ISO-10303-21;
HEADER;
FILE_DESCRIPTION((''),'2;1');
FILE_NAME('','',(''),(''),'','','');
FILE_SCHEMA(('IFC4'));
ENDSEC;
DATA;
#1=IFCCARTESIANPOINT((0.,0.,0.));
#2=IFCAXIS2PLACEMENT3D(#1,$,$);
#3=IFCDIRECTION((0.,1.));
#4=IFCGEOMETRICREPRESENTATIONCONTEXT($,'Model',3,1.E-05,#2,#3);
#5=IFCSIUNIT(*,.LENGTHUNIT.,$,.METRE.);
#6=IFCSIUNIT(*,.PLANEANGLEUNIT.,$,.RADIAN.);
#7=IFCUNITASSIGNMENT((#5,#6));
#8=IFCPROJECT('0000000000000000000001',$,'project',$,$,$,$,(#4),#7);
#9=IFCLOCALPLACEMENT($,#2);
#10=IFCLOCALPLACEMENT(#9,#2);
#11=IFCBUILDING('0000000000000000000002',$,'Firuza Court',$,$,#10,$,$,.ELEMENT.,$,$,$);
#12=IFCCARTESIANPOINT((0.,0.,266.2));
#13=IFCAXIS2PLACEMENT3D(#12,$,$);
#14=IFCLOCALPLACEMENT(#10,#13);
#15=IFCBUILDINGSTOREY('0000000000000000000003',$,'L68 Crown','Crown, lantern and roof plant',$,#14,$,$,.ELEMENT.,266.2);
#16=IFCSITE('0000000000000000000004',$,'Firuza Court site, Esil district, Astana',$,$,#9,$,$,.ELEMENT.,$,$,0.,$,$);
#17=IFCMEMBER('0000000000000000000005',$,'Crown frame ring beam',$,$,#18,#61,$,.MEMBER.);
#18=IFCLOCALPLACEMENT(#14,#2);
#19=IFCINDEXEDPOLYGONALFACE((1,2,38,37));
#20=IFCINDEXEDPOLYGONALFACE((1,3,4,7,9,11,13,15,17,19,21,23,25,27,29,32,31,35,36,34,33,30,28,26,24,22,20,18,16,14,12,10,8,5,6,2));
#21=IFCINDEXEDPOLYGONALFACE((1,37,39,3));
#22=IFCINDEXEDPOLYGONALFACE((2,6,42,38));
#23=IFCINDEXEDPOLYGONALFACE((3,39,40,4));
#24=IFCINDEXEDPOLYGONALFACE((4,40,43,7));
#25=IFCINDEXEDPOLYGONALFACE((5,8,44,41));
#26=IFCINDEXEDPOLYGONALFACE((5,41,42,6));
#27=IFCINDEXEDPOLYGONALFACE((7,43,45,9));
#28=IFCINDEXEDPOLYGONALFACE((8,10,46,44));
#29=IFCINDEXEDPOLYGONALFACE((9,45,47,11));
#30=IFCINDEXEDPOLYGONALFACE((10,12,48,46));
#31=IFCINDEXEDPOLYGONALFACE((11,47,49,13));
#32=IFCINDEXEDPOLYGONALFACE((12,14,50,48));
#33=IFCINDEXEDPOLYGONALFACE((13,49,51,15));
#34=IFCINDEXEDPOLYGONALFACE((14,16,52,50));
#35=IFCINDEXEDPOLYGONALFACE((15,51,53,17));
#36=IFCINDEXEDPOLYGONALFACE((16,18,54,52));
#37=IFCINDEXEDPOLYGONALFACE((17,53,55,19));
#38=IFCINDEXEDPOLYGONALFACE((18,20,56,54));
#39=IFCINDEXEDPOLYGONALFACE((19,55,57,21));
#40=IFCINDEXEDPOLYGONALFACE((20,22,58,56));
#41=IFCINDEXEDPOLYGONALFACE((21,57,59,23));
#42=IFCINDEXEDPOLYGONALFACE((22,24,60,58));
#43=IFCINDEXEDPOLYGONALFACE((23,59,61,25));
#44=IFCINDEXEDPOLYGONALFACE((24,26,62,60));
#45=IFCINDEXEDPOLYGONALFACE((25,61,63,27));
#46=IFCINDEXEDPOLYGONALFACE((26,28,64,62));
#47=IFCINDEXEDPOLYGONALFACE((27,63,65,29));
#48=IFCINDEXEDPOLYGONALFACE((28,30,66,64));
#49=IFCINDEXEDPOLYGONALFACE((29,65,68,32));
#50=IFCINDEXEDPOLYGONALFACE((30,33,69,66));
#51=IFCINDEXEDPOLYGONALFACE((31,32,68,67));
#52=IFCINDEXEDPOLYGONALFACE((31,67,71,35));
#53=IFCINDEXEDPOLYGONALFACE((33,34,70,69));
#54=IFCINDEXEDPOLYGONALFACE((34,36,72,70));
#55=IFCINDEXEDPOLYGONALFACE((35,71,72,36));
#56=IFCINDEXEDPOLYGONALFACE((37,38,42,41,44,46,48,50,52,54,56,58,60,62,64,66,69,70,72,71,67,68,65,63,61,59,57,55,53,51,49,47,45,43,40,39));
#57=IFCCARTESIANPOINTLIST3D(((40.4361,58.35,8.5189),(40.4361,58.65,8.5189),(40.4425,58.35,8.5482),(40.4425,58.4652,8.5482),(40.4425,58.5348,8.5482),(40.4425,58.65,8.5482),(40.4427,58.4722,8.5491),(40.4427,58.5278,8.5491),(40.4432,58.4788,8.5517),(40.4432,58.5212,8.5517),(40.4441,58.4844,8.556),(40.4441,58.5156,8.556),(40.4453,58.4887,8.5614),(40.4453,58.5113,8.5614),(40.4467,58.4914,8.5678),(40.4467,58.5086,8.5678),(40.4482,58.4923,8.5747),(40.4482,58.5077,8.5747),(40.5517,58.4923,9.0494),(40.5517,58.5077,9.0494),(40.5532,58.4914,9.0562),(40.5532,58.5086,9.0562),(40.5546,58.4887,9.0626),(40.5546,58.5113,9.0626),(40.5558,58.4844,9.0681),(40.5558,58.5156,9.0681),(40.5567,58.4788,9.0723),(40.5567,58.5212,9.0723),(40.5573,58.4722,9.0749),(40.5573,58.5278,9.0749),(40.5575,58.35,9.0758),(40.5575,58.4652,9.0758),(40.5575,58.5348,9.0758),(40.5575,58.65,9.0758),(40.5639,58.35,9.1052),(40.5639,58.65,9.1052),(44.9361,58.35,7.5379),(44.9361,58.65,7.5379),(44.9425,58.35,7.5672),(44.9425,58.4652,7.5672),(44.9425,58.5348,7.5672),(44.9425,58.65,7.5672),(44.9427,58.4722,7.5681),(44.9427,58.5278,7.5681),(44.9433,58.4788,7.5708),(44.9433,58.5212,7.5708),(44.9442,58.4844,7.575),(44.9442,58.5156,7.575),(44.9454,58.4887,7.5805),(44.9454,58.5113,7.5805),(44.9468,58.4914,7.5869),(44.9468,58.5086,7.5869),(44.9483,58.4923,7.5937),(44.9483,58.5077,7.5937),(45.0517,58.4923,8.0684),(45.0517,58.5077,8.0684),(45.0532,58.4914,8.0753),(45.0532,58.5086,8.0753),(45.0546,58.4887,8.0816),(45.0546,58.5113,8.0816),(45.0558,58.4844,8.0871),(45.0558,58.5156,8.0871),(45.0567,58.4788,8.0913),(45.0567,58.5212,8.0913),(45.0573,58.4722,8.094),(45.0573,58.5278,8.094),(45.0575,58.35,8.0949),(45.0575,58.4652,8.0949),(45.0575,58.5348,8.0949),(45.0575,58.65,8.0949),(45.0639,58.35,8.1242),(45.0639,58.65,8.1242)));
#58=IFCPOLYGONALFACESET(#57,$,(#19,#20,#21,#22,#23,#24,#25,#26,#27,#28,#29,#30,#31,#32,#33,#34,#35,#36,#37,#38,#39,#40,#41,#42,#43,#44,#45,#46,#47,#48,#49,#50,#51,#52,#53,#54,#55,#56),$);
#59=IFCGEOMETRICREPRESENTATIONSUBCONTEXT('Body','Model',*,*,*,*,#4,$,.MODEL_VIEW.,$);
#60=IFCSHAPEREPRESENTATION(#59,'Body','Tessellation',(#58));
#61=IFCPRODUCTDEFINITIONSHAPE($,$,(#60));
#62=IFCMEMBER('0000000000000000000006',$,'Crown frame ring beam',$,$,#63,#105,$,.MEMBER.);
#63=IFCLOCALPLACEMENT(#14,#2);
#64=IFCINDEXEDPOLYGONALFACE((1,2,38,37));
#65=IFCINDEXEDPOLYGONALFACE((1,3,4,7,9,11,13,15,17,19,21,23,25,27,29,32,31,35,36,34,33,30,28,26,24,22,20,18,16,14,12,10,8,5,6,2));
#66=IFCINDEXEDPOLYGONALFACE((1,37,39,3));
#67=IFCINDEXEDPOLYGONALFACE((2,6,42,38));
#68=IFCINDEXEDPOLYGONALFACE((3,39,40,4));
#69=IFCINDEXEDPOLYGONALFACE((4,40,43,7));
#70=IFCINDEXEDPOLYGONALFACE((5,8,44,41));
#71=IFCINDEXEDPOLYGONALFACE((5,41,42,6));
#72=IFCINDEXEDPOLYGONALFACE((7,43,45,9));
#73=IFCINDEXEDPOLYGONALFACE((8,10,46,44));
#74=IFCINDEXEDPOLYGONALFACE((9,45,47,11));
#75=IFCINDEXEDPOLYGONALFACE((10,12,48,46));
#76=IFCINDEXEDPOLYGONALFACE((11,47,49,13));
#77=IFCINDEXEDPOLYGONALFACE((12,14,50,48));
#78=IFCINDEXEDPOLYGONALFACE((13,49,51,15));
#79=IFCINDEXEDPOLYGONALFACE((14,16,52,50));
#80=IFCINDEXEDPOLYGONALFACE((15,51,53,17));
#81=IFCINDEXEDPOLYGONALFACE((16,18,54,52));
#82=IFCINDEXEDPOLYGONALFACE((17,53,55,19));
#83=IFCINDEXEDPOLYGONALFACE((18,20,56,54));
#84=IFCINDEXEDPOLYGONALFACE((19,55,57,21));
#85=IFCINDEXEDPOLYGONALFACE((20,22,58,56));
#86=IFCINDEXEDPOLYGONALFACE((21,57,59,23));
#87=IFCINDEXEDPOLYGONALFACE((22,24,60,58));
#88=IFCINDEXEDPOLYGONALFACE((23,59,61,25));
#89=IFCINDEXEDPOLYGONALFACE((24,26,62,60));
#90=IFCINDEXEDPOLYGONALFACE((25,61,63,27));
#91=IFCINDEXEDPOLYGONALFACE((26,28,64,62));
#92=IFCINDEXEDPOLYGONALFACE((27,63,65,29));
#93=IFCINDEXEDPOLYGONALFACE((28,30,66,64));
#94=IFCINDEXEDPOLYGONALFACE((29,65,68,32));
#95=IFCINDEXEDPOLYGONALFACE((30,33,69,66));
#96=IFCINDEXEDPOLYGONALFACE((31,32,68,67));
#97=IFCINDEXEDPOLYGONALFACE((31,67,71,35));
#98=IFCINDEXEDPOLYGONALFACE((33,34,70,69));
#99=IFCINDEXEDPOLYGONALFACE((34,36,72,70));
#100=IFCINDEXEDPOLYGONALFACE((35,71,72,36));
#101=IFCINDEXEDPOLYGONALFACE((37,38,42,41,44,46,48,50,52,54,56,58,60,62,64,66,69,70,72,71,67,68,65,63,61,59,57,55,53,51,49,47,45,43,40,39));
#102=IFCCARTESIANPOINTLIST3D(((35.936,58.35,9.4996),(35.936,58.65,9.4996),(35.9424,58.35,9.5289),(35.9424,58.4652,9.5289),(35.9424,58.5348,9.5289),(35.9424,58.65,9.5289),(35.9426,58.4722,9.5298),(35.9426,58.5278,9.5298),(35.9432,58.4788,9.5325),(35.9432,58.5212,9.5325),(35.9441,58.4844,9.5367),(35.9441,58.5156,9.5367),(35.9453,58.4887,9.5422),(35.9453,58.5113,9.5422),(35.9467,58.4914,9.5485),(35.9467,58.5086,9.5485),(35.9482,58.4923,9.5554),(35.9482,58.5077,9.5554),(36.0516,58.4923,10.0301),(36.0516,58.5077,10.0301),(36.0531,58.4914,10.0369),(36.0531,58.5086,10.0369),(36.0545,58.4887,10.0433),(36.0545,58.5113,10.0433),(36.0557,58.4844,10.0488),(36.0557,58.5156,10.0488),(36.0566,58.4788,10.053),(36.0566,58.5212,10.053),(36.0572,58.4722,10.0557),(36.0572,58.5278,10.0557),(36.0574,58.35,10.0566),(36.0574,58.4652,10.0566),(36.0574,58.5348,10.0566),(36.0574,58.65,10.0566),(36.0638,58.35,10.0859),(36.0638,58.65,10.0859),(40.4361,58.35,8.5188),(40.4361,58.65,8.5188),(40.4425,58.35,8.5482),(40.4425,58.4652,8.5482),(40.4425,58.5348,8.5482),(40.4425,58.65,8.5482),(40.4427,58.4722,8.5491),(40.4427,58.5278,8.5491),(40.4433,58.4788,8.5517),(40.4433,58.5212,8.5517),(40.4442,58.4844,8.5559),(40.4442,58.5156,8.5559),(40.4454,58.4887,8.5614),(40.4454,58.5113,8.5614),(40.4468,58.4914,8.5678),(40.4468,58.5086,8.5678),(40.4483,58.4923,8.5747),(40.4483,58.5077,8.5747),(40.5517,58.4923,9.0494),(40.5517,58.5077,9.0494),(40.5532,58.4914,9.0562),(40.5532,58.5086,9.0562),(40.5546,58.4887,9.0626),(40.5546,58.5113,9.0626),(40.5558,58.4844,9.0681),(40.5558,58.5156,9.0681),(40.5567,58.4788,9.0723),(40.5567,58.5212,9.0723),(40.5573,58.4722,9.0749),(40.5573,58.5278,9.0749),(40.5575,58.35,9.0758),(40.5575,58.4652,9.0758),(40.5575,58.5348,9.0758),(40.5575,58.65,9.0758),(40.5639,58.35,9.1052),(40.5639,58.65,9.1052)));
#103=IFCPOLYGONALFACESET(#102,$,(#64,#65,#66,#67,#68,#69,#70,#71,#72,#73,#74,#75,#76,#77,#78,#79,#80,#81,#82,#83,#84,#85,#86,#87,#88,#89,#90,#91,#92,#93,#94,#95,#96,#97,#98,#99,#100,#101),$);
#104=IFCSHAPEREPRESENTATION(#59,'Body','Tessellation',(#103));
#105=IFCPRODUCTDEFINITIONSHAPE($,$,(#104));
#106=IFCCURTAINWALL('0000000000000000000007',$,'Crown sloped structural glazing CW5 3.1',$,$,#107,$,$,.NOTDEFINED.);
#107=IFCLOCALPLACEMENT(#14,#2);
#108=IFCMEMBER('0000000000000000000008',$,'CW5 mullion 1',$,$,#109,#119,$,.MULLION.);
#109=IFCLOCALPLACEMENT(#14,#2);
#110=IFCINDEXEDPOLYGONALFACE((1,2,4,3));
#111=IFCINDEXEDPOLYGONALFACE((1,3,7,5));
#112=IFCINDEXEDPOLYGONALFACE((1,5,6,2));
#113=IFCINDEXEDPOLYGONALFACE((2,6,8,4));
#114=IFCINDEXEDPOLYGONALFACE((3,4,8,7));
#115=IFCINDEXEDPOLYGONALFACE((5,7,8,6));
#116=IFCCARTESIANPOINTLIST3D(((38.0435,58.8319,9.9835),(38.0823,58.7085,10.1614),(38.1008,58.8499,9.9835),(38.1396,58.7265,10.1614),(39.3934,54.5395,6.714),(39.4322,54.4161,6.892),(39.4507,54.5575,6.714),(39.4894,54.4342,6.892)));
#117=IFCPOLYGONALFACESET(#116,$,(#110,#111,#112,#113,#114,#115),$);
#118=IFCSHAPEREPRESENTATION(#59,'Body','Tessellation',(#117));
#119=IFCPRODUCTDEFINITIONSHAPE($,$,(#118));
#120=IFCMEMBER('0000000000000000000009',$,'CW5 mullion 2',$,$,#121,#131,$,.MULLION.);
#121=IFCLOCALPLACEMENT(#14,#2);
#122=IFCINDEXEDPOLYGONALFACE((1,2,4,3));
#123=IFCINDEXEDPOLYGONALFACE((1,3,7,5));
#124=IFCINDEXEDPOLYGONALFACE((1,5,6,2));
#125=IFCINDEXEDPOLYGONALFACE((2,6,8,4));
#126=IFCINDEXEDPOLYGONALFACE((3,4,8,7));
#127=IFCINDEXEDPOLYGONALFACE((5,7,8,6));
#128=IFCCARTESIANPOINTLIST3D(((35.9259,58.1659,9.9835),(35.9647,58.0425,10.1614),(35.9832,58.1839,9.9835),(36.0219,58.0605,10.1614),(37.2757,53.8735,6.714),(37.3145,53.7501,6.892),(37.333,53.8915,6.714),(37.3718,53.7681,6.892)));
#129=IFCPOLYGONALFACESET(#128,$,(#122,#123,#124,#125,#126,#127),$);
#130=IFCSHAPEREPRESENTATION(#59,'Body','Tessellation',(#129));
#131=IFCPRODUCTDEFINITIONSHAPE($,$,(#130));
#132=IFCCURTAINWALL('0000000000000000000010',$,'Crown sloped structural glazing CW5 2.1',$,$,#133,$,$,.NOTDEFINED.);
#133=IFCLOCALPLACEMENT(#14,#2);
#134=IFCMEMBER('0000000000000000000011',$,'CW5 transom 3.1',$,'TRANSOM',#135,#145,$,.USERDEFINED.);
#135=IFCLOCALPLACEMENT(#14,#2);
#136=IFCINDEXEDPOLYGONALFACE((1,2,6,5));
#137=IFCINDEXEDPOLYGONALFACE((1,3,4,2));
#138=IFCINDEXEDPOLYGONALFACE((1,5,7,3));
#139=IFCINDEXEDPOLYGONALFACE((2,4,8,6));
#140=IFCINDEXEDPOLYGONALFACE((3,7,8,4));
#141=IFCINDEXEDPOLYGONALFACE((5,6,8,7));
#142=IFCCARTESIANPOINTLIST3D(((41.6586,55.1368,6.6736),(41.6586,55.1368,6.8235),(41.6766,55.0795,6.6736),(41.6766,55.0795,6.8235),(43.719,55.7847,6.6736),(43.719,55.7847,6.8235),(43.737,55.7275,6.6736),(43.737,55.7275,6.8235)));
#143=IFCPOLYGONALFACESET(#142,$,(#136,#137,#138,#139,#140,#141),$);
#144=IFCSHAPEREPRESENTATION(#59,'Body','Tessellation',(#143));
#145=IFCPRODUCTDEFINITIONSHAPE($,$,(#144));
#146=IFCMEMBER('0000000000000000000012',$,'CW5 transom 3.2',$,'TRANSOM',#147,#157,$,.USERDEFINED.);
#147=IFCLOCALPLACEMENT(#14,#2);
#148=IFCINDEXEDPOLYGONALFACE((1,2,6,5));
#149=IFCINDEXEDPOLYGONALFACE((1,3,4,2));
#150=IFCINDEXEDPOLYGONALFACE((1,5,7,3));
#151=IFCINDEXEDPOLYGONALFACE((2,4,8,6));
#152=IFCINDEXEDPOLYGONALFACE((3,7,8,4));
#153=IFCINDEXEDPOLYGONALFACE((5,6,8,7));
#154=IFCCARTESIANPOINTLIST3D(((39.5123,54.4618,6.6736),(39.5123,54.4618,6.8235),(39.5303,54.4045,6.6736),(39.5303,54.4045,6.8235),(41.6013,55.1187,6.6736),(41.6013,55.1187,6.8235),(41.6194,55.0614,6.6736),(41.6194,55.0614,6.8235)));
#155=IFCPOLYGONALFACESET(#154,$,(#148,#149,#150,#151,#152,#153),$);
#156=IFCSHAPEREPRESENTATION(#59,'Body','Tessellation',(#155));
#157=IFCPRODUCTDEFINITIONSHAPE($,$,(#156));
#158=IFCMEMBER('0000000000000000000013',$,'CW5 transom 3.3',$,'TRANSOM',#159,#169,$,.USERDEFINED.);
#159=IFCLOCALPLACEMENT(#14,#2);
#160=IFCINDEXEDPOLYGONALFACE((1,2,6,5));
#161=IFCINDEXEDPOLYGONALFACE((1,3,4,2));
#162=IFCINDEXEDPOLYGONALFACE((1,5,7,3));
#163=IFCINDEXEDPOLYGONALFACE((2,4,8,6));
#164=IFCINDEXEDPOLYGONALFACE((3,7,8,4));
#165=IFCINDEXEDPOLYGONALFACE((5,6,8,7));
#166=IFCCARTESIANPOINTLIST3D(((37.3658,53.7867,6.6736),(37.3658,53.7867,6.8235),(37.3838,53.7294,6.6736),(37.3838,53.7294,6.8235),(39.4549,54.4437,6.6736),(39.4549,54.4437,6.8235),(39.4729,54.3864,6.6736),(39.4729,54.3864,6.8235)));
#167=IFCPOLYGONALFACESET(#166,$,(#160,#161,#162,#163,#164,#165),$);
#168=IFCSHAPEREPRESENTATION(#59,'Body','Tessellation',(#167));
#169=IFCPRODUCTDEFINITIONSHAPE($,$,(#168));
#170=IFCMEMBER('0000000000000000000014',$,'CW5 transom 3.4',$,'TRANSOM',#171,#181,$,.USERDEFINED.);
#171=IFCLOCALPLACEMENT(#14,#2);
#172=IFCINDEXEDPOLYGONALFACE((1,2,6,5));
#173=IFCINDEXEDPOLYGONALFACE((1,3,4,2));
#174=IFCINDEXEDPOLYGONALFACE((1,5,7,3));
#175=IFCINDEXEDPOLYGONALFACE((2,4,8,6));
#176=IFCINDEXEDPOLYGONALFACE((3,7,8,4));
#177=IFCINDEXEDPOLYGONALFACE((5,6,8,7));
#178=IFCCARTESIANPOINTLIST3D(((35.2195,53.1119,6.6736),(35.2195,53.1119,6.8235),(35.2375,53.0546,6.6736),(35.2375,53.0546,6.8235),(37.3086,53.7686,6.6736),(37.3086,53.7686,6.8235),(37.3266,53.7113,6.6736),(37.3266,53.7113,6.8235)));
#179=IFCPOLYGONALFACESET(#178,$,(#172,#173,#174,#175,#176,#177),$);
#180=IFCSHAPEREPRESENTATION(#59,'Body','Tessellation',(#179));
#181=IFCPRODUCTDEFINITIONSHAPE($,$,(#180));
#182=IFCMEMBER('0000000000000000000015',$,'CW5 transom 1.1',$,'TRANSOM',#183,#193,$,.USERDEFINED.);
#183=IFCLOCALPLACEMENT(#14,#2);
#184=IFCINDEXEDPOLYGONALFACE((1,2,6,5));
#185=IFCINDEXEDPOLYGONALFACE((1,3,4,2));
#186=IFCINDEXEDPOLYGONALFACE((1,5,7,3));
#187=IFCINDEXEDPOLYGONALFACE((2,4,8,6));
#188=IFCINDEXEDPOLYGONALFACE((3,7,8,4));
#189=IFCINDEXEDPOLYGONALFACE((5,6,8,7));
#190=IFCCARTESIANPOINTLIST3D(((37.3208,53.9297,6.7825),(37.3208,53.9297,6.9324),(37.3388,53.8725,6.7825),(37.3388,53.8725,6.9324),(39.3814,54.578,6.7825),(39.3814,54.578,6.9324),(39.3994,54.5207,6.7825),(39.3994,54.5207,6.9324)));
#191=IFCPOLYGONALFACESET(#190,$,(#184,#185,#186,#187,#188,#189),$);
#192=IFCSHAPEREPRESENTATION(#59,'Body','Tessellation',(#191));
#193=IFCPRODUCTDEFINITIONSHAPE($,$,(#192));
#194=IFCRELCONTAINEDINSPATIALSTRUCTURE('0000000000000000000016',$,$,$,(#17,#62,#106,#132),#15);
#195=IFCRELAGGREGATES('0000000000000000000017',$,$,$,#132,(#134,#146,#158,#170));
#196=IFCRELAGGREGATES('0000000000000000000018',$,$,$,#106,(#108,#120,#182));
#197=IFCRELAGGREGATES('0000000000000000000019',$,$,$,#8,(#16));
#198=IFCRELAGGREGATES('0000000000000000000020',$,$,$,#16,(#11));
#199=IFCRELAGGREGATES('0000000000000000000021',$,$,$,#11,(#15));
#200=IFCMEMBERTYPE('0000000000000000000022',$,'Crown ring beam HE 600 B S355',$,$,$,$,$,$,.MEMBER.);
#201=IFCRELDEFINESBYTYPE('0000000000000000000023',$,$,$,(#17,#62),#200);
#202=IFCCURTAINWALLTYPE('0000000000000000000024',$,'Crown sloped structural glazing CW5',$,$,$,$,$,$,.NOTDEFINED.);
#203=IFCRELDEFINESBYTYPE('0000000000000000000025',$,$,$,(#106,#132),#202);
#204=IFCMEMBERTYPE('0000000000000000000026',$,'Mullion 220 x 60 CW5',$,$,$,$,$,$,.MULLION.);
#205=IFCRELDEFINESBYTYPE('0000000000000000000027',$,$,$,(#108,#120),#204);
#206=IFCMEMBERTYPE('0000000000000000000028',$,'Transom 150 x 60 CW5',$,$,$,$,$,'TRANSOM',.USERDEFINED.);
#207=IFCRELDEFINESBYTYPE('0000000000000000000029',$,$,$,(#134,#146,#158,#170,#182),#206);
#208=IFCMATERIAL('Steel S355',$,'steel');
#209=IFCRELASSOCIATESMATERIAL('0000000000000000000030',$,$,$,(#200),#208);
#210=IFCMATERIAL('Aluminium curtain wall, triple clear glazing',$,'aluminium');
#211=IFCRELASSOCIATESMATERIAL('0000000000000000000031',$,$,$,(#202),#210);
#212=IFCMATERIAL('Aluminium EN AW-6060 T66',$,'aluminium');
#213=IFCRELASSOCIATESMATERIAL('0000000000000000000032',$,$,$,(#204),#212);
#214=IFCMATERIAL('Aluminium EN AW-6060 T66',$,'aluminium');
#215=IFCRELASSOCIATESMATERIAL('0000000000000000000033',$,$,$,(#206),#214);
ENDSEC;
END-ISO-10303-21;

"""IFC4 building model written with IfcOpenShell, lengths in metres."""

from ifc_helpers import new_model, si_unit, direction, frame, origin, origin_2d, place, context, subcontext, project, spatial, rectangle, i_section, extrude, material, material_profile, profile_set, type_object, element, aggregate, save


model = new_model("IFC4")

# Units and contexts
model_context = context("Model", 3, precision=1e-05, world=origin(), true_north=direction((0.0, 1.0)))
body_context = subcontext(model_context, "Body", "Model", "MODEL_VIEW")
ifc_project = project(units=[si_unit("LENGTHUNIT", "METRE"), si_unit("PLANEANGLEUNIT", "RADIAN")], contexts=[model_context])

# Site, building, storey
site_placement = place(None, origin())
site = spatial("IfcSite", under=ifc_project, at=site_placement, Name="Firuza Court site, Esil district, Astana", CompositionType="ELEMENT", RefElevation=0.0)
building_placement = place(site_placement, origin())
building = spatial("IfcBuilding", under=site, at=building_placement, Name="Firuza Court", CompositionType="ELEMENT")
storey_placement = place(building_placement, frame((0.0, 0.0, 266.2)))
storey = spatial("IfcBuildingStorey", under=building, at=storey_placement, Name="L68 Crown", Description="Crown, lantern and roof plant", CompositionType="ELEMENT", Elevation=266.2)

# Members
ifc_material_1 = material(Name="Steel S355", Category="steel")
ifc_material_profile_1 = material_profile(ifc_material_1, i_section(OverallWidth=0.3, OverallDepth=0.6001, WebThickness=0.0154, FlangeThickness=0.03, FilletRadius=0.0271, at=origin_2d()), Name="HE 600 B")
ifc_profile_set_1 = profile_set([ifc_material_profile_1], Name="Steel S355")
member_type_1 = type_object("IfcMemberType", Name="Crown ring beam HE 600 B S355", PredefinedType="MEMBER", material=ifc_profile_set_1)
for number, where, z_axis, x_axis, name in (
    (1, (45.0, 58.5, 7.8311), (-0.977055, 0.0, 0.212989), (0.0, -1.0, 0.0), "Crown frame ring beam"),
    (2, (40.5, 58.5, 8.812), (-0.977066, 0.0, 0.212938), (0.0, -1.0, 0.0), "Crown frame ring beam"),
):
    element("IfcMember", number, at=place(storey_placement, frame(where, z_axis=z_axis, x_axis=x_axis)), inside=storey, type_object=member_type_1, Name=name, PredefinedType="MEMBER", context=body_context, shape_type="SweptSolid", body=[
        extrude(i_section(OverallWidth=0.3, OverallDepth=0.6001, WebThickness=0.0154, FlangeThickness=0.03, FilletRadius=0.0271, at=origin_2d()), origin(), (0.0, 0.0, 1.0), 4.6057),
    ])

# Curtain walls, members
ifc_material_2 = material(Name="Aluminium curtain wall, triple clear glazing", Category="aluminium")
curtain_wall_type = type_object("IfcCurtainWallType", Name="Crown sloped structural glazing CW5", PredefinedType="NOTDEFINED", material=ifc_material_2)
curtain_wall_1_placement = place(storey_placement, origin())
curtain_wall_1 = element("IfcCurtainWall", 3, at=curtain_wall_1_placement, inside=storey, type_object=curtain_wall_type, Name="Crown sloped structural glazing CW5 3.1", PredefinedType="NOTDEFINED")
ifc_material_3 = material(Name="Aluminium EN AW-6060 T66", Category="aluminium")
ifc_material_profile_2 = material_profile(ifc_material_3, rectangle(XDim=0.0601, YDim=0.22, at=origin_2d()), Name="Mullion 220 x 60 CW5")
ifc_profile_set_2 = profile_set([ifc_material_profile_2], Name="Aluminium EN AW-6060 T66")
member_type_2 = type_object("IfcMemberType", Name="Mullion 220 x 60 CW5", PredefinedType="MULLION", material=ifc_profile_set_2)
member_1_placement = place(storey_placement, frame((39.4414, 54.4868, 6.803), z_axis=(-0.242686, 0.771733, 0.58782), x_axis=(-0.953944, -0.299986, 0.0)))
member_1 = element("IfcMember", 4, at=member_1_placement, type_object=member_type_2, Name="CW5 mullion 1", PredefinedType="MULLION", context=body_context, shape_type="SweptSolid", body=[
    extrude(rectangle(XDim=0.0601, YDim=0.22, at=origin_2d()), origin(), (0.0, 0.0, 1.0), 5.562),
])
member_2_placement = place(storey_placement, frame((37.3237, 53.8208, 6.803), z_axis=(-0.242686, 0.771733, 0.58782), x_axis=(-0.953944, -0.299986, 0.0)))
member_2 = element("IfcMember", 5, at=member_2_placement, type_object=member_type_2, Name="CW5 mullion 2", PredefinedType="MULLION", context=body_context, shape_type="SweptSolid", body=[
    extrude(rectangle(XDim=0.0601, YDim=0.22, at=origin_2d()), origin(), (0.0, 0.0, 1.0), 5.562),
])
curtain_wall_2_placement = place(storey_placement, origin())
curtain_wall_2 = element("IfcCurtainWall", 6, at=curtain_wall_2_placement, inside=storey, type_object=curtain_wall_type, Name="Crown sloped structural glazing CW5 2.1", PredefinedType="NOTDEFINED")
ifc_material_4 = material(Name="Aluminium EN AW-6060 T66", Category="aluminium")
ifc_material_profile_3 = material_profile(ifc_material_4, rectangle(XDim=0.0601, YDim=0.1499, at=origin_2d()), Name="Transom 150 x 60 CW5")
ifc_profile_set_3 = profile_set([ifc_material_profile_3], Name="Aluminium EN AW-6060 T66")
member_type_3 = type_object("IfcMemberType", Name="Transom 150 x 60 CW5", ElementType="TRANSOM", PredefinedType="USERDEFINED", material=ifc_profile_set_3)
member_3_placement = place(storey_placement, frame((43.728, 55.7561, 6.7485), z_axis=(-0.953948, -0.299974, 0.0), x_axis=(0.299974, -0.953948, 0.0)))
member_3 = element("IfcMember", 7, at=member_3_placement, type_object=member_type_3, Name="CW5 transom 3.1", ObjectType="TRANSOM", PredefinedType="USERDEFINED", context=body_context, shape_type="SweptSolid", body=[
    extrude(rectangle(XDim=0.0601, YDim=0.1499, at=origin_2d()), origin(), (0.0, 0.0, 1.0), 2.1599),
])
member_4_placement = place(storey_placement, frame((41.6104, 55.0901, 6.7485), z_axis=(-0.953941, -0.299995, 0.0), x_axis=(0.299995, -0.953941, 0.0)))
member_4 = element("IfcMember", 8, at=member_4_placement, type_object=member_type_3, Name="CW5 transom 3.2", ObjectType="TRANSOM", PredefinedType="USERDEFINED", context=body_context, shape_type="SweptSolid", body=[
    extrude(rectangle(XDim=0.0601, YDim=0.1499, at=origin_2d()), origin(), (0.0, 0.0, 1.0), 2.1899),
])
member_5_placement = place(storey_placement, frame((39.4639, 54.415, 6.7485), z_axis=(-0.953941, -0.299995, 0.0), x_axis=(0.299995, -0.953941, 0.0)))
member_5 = element("IfcMember", 9, at=member_5_placement, type_object=member_type_3, Name="CW5 transom 3.3", ObjectType="TRANSOM", PredefinedType="USERDEFINED", context=body_context, shape_type="SweptSolid", body=[
    extrude(rectangle(XDim=0.0601, YDim=0.1499, at=origin_2d()), origin(), (0.0, 0.0, 1.0), 2.1899),
])
member_6_placement = place(storey_placement, frame((37.3176, 53.74, 6.7485), z_axis=(-0.953973, -0.299893, 0.0), x_axis=(0.299893, -0.953973, 0.0)))
member_6 = element("IfcMember", 10, at=member_6_placement, type_object=member_type_3, Name="CW5 transom 3.4", ObjectType="TRANSOM", PredefinedType="USERDEFINED", context=body_context, shape_type="SweptSolid", body=[
    extrude(rectangle(XDim=0.0601, YDim=0.1499, at=origin_2d()), origin(), (0.0, 0.0, 1.0), 2.1899),
])

# Member
member_7_placement = place(storey_placement, frame((39.3904, 54.5493, 6.8574), z_axis=(-0.953915, -0.300076, 0.0), x_axis=(0.300076, -0.953915, 0.0)))
member_7 = element("IfcMember", 11, at=member_7_placement, type_object=member_type_3, Name="CW5 transom 1.1", ObjectType="TRANSOM", PredefinedType="USERDEFINED", context=body_context, shape_type="SweptSolid", body=[
    extrude(rectangle(XDim=0.0601, YDim=0.1499, at=origin_2d()), origin(), (0.0, 0.0, 1.0), 2.1602),
])

aggregate(curtain_wall_2, [member_3, member_4, member_5, member_6])
aggregate(curtain_wall_1, [member_1, member_2, member_7])

save(model, "model.ifc")
